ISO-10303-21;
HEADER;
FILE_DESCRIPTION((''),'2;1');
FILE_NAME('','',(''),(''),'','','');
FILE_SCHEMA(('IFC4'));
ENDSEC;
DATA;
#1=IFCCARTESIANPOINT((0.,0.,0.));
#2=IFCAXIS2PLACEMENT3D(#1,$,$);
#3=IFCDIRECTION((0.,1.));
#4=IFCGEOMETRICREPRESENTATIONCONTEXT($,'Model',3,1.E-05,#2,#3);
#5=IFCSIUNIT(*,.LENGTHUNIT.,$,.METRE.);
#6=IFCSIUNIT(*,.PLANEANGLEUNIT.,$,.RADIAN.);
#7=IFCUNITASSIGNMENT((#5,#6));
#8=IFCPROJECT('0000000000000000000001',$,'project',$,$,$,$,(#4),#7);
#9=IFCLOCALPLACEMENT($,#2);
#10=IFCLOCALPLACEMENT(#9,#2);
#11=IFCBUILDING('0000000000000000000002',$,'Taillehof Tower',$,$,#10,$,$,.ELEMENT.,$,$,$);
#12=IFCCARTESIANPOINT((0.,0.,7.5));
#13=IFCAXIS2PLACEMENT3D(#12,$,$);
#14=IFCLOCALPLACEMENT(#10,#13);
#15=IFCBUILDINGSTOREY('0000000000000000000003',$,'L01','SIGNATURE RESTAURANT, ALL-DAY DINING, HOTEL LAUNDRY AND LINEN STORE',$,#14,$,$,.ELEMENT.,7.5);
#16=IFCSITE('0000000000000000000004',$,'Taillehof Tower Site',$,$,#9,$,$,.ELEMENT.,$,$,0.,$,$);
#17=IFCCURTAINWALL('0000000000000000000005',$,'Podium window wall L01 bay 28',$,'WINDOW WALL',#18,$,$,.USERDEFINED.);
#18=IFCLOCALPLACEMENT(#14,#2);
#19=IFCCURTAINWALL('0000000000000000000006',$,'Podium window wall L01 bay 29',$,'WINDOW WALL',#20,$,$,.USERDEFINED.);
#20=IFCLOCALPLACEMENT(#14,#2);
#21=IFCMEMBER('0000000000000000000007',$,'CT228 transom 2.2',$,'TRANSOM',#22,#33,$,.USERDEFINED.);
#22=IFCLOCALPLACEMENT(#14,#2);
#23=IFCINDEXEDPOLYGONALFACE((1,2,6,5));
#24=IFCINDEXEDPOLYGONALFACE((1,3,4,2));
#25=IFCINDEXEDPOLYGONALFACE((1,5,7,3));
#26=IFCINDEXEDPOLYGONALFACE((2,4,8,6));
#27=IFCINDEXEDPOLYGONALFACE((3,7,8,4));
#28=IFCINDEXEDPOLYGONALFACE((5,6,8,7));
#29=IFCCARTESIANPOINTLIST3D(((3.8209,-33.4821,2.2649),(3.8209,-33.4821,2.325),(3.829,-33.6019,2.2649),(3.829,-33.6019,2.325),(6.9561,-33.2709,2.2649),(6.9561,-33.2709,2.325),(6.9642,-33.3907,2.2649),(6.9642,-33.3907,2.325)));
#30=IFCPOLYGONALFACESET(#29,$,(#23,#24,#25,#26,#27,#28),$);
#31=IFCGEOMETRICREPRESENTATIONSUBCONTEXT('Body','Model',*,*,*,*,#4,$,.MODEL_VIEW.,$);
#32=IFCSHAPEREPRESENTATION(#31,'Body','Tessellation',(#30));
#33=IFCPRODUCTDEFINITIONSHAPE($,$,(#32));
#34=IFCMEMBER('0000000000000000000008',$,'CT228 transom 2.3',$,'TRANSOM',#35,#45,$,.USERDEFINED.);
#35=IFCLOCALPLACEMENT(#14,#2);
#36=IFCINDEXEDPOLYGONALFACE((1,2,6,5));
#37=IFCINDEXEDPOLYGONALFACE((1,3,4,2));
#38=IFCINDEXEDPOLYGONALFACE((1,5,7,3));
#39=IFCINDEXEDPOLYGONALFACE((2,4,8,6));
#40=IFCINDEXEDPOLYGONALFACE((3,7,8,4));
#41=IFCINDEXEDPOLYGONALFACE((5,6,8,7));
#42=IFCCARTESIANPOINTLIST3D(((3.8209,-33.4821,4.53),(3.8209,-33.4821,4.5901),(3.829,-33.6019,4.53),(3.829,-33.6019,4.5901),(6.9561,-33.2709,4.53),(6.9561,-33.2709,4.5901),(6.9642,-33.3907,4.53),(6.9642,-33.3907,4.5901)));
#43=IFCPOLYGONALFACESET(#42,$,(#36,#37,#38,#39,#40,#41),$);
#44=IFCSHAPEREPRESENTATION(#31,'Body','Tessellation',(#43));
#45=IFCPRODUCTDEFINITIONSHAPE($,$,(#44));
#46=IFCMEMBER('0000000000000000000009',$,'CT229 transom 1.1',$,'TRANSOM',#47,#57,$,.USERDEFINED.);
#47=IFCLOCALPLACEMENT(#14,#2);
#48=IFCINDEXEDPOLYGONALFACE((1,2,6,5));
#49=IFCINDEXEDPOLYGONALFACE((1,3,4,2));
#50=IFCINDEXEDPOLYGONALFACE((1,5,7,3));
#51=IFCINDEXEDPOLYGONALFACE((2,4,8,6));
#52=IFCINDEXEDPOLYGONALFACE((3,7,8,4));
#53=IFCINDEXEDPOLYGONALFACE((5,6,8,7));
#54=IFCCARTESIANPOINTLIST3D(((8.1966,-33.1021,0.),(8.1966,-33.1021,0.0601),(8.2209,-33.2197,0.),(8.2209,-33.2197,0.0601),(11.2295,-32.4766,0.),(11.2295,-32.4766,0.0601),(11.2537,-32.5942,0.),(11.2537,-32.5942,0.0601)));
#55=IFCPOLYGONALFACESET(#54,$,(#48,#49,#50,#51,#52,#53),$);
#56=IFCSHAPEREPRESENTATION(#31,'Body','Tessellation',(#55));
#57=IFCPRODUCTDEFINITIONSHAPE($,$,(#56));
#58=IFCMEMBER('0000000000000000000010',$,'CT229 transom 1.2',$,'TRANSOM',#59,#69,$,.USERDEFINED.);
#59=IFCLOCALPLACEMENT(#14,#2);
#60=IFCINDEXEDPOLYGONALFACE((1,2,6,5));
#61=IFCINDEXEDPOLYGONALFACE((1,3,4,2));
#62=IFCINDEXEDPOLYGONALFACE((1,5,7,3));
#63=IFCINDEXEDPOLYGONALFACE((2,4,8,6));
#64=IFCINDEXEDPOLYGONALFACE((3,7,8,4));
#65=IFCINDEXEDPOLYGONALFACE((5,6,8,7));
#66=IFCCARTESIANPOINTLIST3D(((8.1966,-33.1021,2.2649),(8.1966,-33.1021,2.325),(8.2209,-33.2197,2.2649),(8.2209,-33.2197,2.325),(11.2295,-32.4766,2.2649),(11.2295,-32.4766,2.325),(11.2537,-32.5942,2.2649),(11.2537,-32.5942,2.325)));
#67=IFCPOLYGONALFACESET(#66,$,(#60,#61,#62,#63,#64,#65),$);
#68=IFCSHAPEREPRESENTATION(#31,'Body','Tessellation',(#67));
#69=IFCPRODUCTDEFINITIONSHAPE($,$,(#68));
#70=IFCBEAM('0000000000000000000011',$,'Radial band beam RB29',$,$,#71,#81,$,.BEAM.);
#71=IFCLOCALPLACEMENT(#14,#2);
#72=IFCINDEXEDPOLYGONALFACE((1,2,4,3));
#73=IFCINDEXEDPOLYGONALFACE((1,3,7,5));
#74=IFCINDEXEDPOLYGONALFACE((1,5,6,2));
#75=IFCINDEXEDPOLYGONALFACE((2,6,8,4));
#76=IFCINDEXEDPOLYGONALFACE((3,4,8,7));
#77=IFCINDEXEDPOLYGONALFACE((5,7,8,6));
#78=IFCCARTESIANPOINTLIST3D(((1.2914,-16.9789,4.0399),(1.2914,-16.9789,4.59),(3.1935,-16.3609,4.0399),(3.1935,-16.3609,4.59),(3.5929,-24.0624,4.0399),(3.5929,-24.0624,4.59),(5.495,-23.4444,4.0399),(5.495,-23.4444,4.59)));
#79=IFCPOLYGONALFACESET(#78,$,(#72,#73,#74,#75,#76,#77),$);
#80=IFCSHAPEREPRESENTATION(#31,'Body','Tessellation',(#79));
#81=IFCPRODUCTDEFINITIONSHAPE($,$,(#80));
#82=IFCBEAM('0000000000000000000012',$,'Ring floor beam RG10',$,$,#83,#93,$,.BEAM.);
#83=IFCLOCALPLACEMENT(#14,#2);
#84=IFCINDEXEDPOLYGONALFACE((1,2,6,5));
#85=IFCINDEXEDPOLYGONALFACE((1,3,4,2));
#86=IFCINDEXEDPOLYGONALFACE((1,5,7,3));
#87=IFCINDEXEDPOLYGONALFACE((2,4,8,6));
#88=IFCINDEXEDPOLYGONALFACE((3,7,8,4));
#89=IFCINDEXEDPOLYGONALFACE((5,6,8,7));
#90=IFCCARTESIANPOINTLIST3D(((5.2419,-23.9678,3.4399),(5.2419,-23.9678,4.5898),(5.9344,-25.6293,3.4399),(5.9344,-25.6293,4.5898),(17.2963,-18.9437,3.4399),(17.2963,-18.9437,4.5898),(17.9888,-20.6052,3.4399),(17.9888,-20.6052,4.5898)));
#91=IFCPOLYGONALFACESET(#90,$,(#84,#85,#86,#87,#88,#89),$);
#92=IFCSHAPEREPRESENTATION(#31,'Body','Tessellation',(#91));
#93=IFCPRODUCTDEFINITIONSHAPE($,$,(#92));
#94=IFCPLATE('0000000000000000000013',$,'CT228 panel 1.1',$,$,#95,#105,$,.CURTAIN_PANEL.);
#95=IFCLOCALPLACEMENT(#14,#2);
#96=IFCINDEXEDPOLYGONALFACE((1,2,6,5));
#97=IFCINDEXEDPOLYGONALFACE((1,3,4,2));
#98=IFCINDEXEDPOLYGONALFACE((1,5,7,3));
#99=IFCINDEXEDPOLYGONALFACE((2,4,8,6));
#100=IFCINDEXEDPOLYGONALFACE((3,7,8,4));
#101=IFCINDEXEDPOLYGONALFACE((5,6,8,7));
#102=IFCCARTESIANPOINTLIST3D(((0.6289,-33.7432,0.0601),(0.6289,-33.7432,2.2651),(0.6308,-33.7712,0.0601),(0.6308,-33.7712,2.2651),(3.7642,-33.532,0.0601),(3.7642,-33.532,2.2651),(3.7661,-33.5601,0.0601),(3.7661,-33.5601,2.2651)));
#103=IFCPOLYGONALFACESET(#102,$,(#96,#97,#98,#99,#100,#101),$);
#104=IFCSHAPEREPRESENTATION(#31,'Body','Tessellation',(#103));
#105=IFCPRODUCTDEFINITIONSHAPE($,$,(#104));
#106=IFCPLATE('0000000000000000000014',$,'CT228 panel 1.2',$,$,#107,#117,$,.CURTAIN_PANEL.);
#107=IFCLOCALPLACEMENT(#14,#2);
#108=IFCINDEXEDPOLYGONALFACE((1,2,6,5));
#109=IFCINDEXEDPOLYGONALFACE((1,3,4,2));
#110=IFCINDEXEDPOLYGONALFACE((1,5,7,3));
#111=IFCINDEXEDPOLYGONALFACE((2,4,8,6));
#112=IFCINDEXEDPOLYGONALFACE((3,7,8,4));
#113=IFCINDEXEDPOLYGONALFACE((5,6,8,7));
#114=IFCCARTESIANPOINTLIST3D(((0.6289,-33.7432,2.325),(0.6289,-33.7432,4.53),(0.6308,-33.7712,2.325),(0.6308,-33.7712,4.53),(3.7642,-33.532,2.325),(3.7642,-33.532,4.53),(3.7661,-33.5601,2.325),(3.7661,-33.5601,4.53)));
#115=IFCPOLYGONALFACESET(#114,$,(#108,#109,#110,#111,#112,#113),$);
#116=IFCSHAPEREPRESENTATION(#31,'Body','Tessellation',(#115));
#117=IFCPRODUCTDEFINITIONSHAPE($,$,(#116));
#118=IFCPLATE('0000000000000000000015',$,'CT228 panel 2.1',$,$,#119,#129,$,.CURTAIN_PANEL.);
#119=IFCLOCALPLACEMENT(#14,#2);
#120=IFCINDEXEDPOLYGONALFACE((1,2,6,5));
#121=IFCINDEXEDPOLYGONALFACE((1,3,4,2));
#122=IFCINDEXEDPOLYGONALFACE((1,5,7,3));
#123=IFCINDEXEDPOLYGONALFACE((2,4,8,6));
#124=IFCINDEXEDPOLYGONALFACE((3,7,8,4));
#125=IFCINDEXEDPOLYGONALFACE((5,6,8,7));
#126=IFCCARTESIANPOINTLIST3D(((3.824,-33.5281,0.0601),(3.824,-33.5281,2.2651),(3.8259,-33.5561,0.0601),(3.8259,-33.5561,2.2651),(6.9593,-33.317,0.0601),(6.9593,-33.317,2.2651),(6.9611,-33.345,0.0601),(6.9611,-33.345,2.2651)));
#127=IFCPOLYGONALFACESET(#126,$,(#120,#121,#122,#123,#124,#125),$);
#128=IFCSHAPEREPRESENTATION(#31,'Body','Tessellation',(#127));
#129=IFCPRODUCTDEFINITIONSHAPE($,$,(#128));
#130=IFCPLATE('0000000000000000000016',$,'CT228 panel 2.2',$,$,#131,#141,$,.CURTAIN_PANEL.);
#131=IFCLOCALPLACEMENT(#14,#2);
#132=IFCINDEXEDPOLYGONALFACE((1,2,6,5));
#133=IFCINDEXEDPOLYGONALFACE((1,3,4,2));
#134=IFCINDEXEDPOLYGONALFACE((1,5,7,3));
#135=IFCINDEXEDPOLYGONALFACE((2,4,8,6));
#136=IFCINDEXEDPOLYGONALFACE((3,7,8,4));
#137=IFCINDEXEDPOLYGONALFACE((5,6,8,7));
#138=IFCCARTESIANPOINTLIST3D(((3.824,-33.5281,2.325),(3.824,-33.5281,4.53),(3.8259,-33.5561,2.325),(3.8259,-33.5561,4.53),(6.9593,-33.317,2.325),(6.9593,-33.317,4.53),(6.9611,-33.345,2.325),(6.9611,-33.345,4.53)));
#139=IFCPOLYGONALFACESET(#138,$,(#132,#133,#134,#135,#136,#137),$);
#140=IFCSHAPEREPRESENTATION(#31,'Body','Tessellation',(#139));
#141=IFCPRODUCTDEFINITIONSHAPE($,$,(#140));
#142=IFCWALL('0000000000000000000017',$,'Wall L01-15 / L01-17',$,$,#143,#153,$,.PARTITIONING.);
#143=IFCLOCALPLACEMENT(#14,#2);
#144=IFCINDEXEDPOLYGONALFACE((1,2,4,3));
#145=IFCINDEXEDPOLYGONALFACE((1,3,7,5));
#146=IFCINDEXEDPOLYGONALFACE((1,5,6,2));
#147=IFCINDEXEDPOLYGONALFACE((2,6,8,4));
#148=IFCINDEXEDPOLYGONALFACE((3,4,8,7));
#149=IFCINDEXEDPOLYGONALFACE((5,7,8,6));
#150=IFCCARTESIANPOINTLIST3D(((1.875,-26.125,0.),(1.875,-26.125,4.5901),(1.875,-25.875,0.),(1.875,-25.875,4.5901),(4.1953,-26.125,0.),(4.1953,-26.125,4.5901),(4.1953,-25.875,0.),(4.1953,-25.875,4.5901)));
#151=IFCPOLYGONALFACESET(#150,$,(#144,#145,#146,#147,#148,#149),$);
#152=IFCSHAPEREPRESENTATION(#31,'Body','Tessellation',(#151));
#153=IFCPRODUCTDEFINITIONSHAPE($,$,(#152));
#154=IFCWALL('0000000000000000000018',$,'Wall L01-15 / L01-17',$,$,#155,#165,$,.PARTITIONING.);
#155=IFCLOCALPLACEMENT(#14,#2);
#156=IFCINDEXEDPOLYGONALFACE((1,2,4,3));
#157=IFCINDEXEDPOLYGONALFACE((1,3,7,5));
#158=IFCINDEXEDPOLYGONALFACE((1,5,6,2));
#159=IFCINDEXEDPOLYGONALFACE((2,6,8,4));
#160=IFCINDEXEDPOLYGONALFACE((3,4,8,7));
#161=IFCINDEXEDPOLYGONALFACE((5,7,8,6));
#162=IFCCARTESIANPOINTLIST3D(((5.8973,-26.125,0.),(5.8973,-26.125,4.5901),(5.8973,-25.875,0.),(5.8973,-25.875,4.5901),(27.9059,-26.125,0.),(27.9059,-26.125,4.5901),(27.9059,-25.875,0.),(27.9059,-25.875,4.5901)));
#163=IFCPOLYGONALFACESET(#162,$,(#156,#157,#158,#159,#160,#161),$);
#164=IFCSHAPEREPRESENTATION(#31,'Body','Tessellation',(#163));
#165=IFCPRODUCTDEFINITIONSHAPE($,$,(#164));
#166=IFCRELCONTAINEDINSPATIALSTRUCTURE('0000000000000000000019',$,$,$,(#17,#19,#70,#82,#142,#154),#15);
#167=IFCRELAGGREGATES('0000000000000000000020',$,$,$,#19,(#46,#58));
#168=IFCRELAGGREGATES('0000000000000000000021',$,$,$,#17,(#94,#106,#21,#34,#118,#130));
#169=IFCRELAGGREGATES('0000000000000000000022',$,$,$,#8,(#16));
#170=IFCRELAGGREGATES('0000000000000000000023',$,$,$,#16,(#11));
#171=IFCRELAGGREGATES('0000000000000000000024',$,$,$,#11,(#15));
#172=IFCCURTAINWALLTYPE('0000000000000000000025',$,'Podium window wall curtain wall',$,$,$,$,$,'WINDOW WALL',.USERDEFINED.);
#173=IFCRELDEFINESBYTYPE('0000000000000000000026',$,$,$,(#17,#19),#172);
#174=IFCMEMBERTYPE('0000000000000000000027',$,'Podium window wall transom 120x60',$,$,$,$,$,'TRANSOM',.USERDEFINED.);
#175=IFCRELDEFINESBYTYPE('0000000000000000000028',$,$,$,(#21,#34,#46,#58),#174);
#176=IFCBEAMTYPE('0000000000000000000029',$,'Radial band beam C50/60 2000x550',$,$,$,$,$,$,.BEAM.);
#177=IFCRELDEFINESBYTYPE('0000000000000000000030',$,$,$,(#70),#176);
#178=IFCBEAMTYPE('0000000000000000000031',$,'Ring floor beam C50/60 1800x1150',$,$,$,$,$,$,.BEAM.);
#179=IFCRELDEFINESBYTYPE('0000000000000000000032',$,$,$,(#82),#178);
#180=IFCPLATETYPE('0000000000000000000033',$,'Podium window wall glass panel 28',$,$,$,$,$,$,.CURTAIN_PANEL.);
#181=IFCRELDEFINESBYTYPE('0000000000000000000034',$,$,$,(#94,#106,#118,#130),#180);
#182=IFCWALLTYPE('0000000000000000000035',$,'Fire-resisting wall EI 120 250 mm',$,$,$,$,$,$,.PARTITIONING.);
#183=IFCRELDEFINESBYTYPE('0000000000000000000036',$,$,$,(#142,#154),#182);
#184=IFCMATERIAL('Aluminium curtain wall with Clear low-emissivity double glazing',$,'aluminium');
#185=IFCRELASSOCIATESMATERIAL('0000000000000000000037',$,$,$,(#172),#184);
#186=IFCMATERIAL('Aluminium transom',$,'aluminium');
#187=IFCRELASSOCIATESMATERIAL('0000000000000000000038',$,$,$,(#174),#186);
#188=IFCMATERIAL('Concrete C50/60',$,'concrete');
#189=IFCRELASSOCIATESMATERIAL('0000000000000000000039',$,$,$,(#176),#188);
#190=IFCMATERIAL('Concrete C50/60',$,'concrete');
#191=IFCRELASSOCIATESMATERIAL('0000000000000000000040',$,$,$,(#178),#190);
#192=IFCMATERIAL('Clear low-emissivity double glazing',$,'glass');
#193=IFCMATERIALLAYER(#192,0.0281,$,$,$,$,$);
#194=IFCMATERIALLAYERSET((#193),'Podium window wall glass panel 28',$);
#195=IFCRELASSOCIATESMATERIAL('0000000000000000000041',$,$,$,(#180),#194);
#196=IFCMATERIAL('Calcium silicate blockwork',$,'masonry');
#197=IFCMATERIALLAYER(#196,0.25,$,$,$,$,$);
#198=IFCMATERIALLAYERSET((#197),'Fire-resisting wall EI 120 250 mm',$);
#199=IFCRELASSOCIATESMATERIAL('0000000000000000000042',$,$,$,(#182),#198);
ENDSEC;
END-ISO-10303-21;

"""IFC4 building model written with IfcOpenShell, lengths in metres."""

from ifc_helpers import new_model, si_unit, direction, frame, frame_2d, origin, origin_2d, place, context, subcontext, project, spatial, rectangle, extrude, material, layer, layer_set, material_profile, profile_set, type_object, element, aggregate, save


model = new_model("IFC4")

# Units and contexts
model_context = context("Model", 3, precision=1e-05, world=origin(), true_north=direction((0.0, 1.0)))
body_context = subcontext(model_context, "Body", "Model", "MODEL_VIEW")
ifc_project = project(units=[si_unit("LENGTHUNIT", "METRE"), si_unit("PLANEANGLEUNIT", "RADIAN")], contexts=[model_context])

# Site, building, storey
site_placement = place(None, origin())
site = spatial("IfcSite", under=ifc_project, at=site_placement, Name="Taillehof Tower Site", CompositionType="ELEMENT", RefElevation=0.0)
building_placement = place(site_placement, origin())
building = spatial("IfcBuilding", under=site, at=building_placement, Name="Taillehof Tower", CompositionType="ELEMENT")
storey_placement = place(building_placement, frame((0.0, 0.0, 7.5)))
storey = spatial("IfcBuildingStorey", under=building, at=storey_placement, Name="L01", Description="SIGNATURE RESTAURANT, ALL-DAY DINING, HOTEL LAUNDRY AND LINEN STORE", CompositionType="ELEMENT", Elevation=7.5)

# Curtain wall
ifc_material_1 = material(Name="Aluminium curtain wall with Clear low-emissivity double glazing", Category="aluminium")
curtain_wall_type = type_object("IfcCurtainWallType", Name="Podium window wall curtain wall", ElementType="WINDOW WALL", PredefinedType="USERDEFINED", material=ifc_material_1)
curtain_wall_1_placement = place(storey_placement, origin())
curtain_wall_1 = element("IfcCurtainWall", 1, at=curtain_wall_1_placement, inside=storey, type_object=curtain_wall_type, Name="Podium window wall L01 bay 28", ObjectType="WINDOW WALL", PredefinedType="USERDEFINED")

# Curtain wall
curtain_wall_2_placement = place(storey_placement, origin())
curtain_wall_2 = element("IfcCurtainWall", 2, at=curtain_wall_2_placement, inside=storey, type_object=curtain_wall_type, Name="Podium window wall L01 bay 29", ObjectType="WINDOW WALL", PredefinedType="USERDEFINED")

# Members
ifc_material_2 = material(Name="Aluminium transom", Category="aluminium")
ifc_material_profile_1 = material_profile(ifc_material_2, rectangle(XDim=0.1201, YDim=0.0601, at=origin_2d()), Name="AL 120x60")
ifc_profile_set_1 = profile_set([ifc_material_profile_1], Name="Aluminium transom")
member_type_1 = type_object("IfcMemberType", Name="Podium window wall transom 120x60", ElementType="TRANSOM", PredefinedType="USERDEFINED", material=ifc_profile_set_1)
member_1_placement = place(storey_placement, frame((3.825, -33.542, 2.2949), z_axis=(0.997739, 0.067205, 0.0), x_axis=(-0.067205, 0.997739, 0.0)))
member_1 = element("IfcMember", 3, at=member_1_placement, type_object=member_type_1, Name="CT228 transom 2.2", ObjectType="TRANSOM", PredefinedType="USERDEFINED", context=body_context, shape_type="SweptSolid", body=[
    extrude(rectangle(XDim=0.1201, YDim=0.0601, at=origin_2d()), origin(), (0.0, 0.0, 1.0), 3.1423),
])
member_2_placement = place(storey_placement, frame((3.825, -33.542, 4.5601), z_axis=(0.997739, 0.067205, 0.0), x_axis=(-0.067205, 0.997739, 0.0)))
member_2 = element("IfcMember", 4, at=member_2_placement, type_object=member_type_1, Name="CT228 transom 2.3", ObjectType="TRANSOM", PredefinedType="USERDEFINED", context=body_context, shape_type="SweptSolid", body=[
    extrude(rectangle(XDim=0.1201, YDim=0.0601, at=origin_2d()), origin(), (0.0, 0.0, 1.0), 3.1423),
])
member_3_placement = place(storey_placement, frame((8.2087, -33.1609, 0.03), z_axis=(0.97939, 0.20198, 0.0), x_axis=(-0.20198, 0.97939, 0.0)))
member_3 = element("IfcMember", 5, at=member_3_placement, type_object=member_type_1, Name="CT229 transom 1.1", ObjectType="TRANSOM", PredefinedType="USERDEFINED", context=body_context, shape_type="SweptSolid", body=[
    extrude(rectangle(XDim=0.1201, YDim=0.0601, at=origin_2d()), origin(), (0.0, 0.0, 1.0), 3.0967),
])
member_4_placement = place(storey_placement, frame((8.2087, -33.1609, 2.2949), z_axis=(0.97939, 0.20198, 0.0), x_axis=(-0.20198, 0.97939, 0.0)))
member_4 = element("IfcMember", 6, at=member_4_placement, type_object=member_type_1, Name="CT229 transom 1.2", ObjectType="TRANSOM", PredefinedType="USERDEFINED", context=body_context, shape_type="SweptSolid", body=[
    extrude(rectangle(XDim=0.1201, YDim=0.0601, at=origin_2d()), origin(), (0.0, 0.0, 1.0), 3.0967),
])
aggregate(curtain_wall_2, [member_3, member_4])

# Beams
ifc_material_3 = material(Name="Concrete C50/60", Category="concrete")
ifc_material_profile_2 = material_profile(ifc_material_3, rectangle(XDim=2.0, YDim=0.55, at=origin_2d()), Name="RC 2000x550")
ifc_profile_set_2 = profile_set([ifc_material_profile_2], Name="Concrete C50/60")
beam_type_1 = type_object("IfcBeamType", Name="Radial band beam C50/60 2000x550", PredefinedType="BEAM", material=ifc_profile_set_2)
beam_1_placement = place(storey_placement, frame((4.5439, -23.7534, 4.3149), z_axis=(-0.30901, 0.951059, 0.0), x_axis=(-0.951059, -0.30901, 0.0)))
element("IfcBeam", 7, at=beam_1_placement, inside=storey, type_object=beam_type_1, Name="Radial band beam RB29", PredefinedType="BEAM", context=body_context, shape_type="SweptSolid", body=[
    extrude(rectangle(XDim=2.0, YDim=0.55, at=origin_2d()), origin(), (0.0, 0.0, 1.0), 7.448),
])
ifc_material_4 = material(Name="Concrete C50/60", Category="concrete")
ifc_material_profile_3 = material_profile(ifc_material_4, rectangle(XDim=1.8, YDim=1.1499, at=origin_2d()), Name="RC 1800x1150")
ifc_profile_set_3 = profile_set([ifc_material_profile_3], Name="Concrete C50/60")
beam_type_2 = type_object("IfcBeamType", Name="Ring floor beam C50/60 1800x1150", PredefinedType="BEAM", material=ifc_profile_set_3)
beam_2_placement = place(storey_placement, frame((5.5881, -24.7986, 4.0149), z_axis=(0.923037, 0.384712, 0.0), x_axis=(-0.384712, 0.923037, 0.0)))
element("IfcBeam", 8, at=beam_2_placement, inside=storey, type_object=beam_type_2, Name="Ring floor beam RG10", PredefinedType="BEAM", context=body_context, shape_type="SweptSolid", body=[
    extrude(rectangle(XDim=1.8, YDim=1.1499, at=origin_2d()), origin(), (0.0, 0.0, 1.0), 13.0596),
])

# Plates
ifc_material_5 = material(Name="Clear low-emissivity double glazing", Category="glass")
ifc_layer_1 = layer(ifc_material_5, 0.0281)
ifc_layer_set_1 = layer_set([ifc_layer_1], Name="Podium window wall glass panel 28")
plate_type = type_object("IfcPlateType", Name="Podium window wall glass panel 28", PredefinedType="CURTAIN_PANEL", material=ifc_layer_set_1)
plate_1_placement = place(storey_placement, frame((2.1975, -33.6516, 0.0601), z_axis=(0.0, 0.0, 1.0), x_axis=(0.997741, 0.067183, 0.0)))
plate_1 = element("IfcPlate", 9, at=plate_1_placement, type_object=plate_type, Name="CT228 panel 1.1", PredefinedType="CURTAIN_PANEL", context=body_context, shape_type="SweptSolid", body=[
    extrude(rectangle(XDim=3.1423, YDim=0.0281, at=origin_2d()), origin(), (0.0, 0.0, 1.0), 2.2051),
])
plate_2_placement = place(storey_placement, frame((2.1975, -33.6516, 2.325), z_axis=(0.0, 0.0, 1.0), x_axis=(0.997741, 0.067183, 0.0)))
plate_2 = element("IfcPlate", 10, at=plate_2_placement, type_object=plate_type, Name="CT228 panel 1.2", PredefinedType="CURTAIN_PANEL", context=body_context, shape_type="SweptSolid", body=[
    extrude(rectangle(XDim=3.1423, YDim=0.0281, at=origin_2d()), origin(), (0.0, 0.0, 1.0), 2.2051),
])
plate_3_placement = place(storey_placement, frame((5.3926, -33.4365, 0.0601), z_axis=(0.0, 0.0, 1.0), x_axis=(0.997741, 0.067183, 0.0)))
plate_3 = element("IfcPlate", 11, at=plate_3_placement, type_object=plate_type, Name="CT228 panel 2.1", PredefinedType="CURTAIN_PANEL", context=body_context, shape_type="SweptSolid", body=[
    extrude(rectangle(XDim=3.1423, YDim=0.0281, at=origin_2d()), origin(), (0.0, 0.0, 1.0), 2.2051),
])
plate_4_placement = place(storey_placement, frame((5.3926, -33.4365, 2.325), z_axis=(0.0, 0.0, 1.0), x_axis=(0.997741, 0.067183, 0.0)))
plate_4 = element("IfcPlate", 12, at=plate_4_placement, type_object=plate_type, Name="CT228 panel 2.2", PredefinedType="CURTAIN_PANEL", context=body_context, shape_type="SweptSolid", body=[
    extrude(rectangle(XDim=3.1423, YDim=0.0281, at=origin_2d()), origin(), (0.0, 0.0, 1.0), 2.2051),
])
aggregate(curtain_wall_1, [plate_1, plate_2, member_1, member_2, plate_3, plate_4])

# Walls
ifc_material_6 = material(Name="Calcium silicate blockwork", Category="masonry")
ifc_layer_2 = layer(ifc_material_6, 0.25)
ifc_layer_set_2 = layer_set([ifc_layer_2], Name="Fire-resisting wall EI 120 250 mm")
wall_type_1 = type_object("IfcWallType", Name="Fire-resisting wall EI 120 250 mm", PredefinedType="PARTITIONING", material=ifc_layer_set_2)
wall_1_placement = place(storey_placement, frame((1.875, -26.0, 0.0), z_axis=(0.0, 0.0, 1.0), x_axis=(1.0, 0.0, 0.0)))
element("IfcWall", 13, at=wall_1_placement, inside=storey, type_object=wall_type_1, Name="Wall L01-15 / L01-17", PredefinedType="PARTITIONING", context=body_context, shape_type="SweptSolid", body=[
    extrude(rectangle(XDim=2.3203, YDim=0.25, at=frame_2d((1.1602, 0.0))), origin(), (0.0, 0.0, 1.0), 4.5901),
])
wall_2_placement = place(storey_placement, frame((5.8972, -26.0, 0.0), z_axis=(0.0, 0.0, 1.0), x_axis=(1.0, 0.0, 0.0)))
element("IfcWall", 14, at=wall_2_placement, inside=storey, type_object=wall_type_1, Name="Wall L01-15 / L01-17", PredefinedType="PARTITIONING", context=body_context, shape_type="SweptSolid", body=[
    extrude(rectangle(XDim=22.0085, YDim=0.25, at=frame_2d((11.0044, 0.0))), origin(), (0.0, 0.0, 1.0), 4.5901),
])

save(model, "model.ifc")
